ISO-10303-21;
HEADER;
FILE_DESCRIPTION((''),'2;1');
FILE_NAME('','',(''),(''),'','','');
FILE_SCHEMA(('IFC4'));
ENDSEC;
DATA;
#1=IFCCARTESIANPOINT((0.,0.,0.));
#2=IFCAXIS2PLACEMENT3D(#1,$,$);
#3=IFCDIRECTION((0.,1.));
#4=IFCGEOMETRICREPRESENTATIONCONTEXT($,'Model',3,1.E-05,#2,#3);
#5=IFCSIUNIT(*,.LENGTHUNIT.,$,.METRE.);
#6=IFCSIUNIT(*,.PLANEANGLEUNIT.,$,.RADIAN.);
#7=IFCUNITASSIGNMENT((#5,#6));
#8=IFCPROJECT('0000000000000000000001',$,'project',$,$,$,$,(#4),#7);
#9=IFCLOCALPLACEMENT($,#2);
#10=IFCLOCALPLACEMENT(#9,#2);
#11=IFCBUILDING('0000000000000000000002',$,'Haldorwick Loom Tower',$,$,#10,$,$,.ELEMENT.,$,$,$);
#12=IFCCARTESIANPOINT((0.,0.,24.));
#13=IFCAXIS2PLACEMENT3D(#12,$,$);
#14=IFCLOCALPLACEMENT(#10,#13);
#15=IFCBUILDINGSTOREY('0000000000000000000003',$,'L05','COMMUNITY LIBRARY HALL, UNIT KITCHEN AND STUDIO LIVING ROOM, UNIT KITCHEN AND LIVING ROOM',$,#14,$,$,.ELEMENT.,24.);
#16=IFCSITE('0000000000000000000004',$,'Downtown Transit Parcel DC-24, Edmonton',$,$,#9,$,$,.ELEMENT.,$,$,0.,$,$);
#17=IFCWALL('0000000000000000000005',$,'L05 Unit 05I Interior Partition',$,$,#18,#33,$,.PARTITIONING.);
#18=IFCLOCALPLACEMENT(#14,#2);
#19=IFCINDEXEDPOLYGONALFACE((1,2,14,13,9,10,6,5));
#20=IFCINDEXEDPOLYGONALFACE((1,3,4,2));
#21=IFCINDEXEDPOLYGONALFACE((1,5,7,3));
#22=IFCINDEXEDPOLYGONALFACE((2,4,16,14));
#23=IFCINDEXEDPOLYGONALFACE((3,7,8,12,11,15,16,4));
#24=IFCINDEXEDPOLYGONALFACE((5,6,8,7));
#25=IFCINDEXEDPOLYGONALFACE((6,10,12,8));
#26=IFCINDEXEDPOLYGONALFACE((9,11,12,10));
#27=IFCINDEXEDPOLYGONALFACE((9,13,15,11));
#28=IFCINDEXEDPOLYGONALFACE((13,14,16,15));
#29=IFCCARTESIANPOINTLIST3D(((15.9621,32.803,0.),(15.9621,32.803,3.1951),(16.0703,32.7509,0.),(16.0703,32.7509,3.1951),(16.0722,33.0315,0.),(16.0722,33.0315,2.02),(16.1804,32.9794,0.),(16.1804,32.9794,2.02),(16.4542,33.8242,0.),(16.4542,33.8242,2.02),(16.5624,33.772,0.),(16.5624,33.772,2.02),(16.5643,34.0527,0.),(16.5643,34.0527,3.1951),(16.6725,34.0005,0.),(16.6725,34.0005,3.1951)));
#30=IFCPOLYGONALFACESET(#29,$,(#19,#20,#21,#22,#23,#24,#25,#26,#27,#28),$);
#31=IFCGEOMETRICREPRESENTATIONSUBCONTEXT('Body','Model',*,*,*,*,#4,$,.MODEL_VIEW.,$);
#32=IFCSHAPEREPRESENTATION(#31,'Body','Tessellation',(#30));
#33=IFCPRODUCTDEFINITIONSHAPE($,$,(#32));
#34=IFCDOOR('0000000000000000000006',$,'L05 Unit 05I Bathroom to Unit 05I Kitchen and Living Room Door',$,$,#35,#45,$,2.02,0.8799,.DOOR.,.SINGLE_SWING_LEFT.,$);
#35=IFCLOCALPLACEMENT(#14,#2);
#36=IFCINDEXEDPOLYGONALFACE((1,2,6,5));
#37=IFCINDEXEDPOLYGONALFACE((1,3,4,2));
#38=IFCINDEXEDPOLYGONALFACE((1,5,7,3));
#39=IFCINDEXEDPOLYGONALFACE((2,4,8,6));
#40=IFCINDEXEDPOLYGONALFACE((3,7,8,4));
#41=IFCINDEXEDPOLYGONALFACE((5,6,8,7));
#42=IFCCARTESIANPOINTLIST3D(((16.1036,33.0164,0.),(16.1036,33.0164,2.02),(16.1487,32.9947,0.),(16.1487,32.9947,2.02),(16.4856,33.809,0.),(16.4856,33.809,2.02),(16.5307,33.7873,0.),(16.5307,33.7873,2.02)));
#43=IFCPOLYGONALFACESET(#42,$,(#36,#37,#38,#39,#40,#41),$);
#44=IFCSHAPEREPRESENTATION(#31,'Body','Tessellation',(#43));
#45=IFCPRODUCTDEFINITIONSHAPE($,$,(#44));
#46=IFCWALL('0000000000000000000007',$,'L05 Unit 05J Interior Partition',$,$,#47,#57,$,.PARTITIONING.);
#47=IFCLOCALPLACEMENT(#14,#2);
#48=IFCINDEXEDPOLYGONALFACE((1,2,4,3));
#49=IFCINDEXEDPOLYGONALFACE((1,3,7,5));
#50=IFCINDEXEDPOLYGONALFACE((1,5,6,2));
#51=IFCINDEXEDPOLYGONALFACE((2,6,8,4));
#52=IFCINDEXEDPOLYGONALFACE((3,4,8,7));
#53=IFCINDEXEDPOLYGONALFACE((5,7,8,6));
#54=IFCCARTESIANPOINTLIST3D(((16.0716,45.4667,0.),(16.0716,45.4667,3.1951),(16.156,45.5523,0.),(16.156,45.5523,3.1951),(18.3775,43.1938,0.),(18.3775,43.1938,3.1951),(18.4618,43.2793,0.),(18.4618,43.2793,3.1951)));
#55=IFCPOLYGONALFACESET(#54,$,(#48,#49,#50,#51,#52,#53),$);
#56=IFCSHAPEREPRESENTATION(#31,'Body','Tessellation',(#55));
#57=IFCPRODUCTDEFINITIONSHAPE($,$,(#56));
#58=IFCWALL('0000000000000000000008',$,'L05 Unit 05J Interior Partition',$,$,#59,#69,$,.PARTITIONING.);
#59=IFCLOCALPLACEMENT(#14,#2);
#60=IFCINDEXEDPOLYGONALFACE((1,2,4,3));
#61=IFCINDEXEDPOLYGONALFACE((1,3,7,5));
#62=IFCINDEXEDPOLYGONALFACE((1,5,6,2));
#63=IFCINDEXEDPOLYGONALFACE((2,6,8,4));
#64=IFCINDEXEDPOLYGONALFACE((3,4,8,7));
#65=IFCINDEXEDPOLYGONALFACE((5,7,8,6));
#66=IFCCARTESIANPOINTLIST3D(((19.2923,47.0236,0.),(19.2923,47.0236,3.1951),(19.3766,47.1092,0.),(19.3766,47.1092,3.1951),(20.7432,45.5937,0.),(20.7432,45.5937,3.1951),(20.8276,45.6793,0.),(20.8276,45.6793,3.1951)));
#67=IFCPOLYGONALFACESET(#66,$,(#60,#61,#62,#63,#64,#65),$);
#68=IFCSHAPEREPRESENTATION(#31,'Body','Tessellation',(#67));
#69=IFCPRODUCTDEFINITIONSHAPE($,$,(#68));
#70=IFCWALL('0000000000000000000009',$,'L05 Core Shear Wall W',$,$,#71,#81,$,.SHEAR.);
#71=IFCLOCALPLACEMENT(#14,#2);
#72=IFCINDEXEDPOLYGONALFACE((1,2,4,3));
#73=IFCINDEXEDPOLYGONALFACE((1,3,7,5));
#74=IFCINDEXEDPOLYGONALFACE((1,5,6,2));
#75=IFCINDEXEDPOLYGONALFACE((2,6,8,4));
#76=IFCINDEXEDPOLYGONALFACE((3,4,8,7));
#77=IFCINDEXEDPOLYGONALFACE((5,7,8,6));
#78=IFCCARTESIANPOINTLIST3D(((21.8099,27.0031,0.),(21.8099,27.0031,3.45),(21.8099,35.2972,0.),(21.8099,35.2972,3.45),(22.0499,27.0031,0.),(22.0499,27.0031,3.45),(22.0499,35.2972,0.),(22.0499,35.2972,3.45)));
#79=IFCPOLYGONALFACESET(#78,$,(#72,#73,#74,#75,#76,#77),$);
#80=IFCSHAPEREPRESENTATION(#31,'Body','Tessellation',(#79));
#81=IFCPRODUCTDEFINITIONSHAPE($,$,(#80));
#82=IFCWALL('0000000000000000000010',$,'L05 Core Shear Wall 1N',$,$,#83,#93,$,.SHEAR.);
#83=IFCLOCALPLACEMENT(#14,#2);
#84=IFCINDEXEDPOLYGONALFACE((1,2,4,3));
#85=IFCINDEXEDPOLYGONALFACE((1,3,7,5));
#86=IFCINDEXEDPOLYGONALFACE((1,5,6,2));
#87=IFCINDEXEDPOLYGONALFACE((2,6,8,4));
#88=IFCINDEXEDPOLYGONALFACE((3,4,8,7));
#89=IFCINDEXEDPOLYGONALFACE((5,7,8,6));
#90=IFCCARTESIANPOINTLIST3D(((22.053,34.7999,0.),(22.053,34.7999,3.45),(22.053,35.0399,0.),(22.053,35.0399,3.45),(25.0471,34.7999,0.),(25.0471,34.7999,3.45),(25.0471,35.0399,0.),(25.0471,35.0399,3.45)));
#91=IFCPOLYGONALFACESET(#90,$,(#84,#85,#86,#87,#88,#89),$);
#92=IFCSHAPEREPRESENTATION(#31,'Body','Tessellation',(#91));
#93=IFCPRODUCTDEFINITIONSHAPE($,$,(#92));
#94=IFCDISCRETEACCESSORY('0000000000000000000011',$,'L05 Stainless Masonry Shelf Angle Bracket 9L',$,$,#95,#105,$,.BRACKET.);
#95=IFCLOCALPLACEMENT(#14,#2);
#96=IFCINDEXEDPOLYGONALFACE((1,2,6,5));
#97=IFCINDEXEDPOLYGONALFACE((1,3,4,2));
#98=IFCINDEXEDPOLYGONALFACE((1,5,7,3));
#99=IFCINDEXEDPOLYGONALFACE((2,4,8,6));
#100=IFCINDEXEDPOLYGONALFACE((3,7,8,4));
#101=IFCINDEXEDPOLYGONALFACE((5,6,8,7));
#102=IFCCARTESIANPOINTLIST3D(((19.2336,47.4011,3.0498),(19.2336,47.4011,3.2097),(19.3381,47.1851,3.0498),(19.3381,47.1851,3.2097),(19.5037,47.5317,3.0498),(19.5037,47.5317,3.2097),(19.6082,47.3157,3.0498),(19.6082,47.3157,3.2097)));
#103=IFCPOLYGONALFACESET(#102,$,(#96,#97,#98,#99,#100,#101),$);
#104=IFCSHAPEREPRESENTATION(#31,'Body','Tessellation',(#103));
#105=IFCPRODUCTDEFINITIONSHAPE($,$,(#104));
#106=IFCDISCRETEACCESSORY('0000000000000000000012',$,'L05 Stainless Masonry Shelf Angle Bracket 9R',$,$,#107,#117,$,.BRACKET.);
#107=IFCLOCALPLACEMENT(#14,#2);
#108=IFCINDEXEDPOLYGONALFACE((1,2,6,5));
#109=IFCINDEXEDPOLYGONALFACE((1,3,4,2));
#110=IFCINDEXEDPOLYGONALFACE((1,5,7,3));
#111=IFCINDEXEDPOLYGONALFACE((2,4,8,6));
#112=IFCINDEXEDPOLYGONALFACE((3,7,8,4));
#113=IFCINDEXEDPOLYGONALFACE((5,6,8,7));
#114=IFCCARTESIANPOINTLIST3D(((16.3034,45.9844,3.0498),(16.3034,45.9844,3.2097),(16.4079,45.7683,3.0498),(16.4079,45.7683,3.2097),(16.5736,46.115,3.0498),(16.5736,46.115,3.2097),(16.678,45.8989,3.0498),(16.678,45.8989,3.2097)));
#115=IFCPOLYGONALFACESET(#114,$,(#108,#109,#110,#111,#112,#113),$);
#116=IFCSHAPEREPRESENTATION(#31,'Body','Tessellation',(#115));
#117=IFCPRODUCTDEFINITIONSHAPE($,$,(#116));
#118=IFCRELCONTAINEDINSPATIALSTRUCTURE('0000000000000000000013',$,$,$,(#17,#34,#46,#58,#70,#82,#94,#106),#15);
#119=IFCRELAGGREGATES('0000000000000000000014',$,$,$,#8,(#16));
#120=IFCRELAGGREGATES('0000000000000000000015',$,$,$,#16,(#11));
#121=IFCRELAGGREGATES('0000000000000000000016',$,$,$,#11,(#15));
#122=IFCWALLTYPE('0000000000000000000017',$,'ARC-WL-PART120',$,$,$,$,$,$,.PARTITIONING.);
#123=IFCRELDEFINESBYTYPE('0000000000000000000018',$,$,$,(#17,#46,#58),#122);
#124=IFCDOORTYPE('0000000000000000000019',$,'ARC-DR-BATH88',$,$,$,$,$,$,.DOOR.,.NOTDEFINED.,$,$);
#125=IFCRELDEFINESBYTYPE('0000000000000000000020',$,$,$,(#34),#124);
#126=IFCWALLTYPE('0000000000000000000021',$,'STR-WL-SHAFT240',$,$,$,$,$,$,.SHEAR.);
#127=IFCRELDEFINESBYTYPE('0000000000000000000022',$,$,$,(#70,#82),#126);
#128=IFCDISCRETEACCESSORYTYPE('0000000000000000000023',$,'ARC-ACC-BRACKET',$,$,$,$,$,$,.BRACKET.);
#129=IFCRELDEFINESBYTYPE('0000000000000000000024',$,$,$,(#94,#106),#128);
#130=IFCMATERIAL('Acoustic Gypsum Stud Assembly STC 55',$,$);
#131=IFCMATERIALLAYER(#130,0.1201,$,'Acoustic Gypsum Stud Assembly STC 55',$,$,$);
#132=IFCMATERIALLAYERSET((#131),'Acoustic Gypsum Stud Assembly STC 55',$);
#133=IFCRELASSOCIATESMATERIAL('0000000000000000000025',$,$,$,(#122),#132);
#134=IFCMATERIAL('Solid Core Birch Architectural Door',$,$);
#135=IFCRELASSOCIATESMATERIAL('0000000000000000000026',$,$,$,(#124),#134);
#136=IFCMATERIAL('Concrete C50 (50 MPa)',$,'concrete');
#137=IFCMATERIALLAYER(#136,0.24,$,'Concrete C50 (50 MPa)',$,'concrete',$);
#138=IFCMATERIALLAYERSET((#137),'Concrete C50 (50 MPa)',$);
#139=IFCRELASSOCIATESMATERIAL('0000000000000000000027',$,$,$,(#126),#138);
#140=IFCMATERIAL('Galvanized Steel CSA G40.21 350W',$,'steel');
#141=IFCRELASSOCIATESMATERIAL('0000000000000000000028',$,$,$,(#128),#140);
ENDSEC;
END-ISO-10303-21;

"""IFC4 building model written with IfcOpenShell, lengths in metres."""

from ifc_helpers import new_model, si_unit, direction, frame, frame_2d, origin, origin_2d, place, context, subcontext, project, spatial, rectangle, extrude, material, layer, layer_set, type_object, element, fill, save


model = new_model("IFC4")

# Units and contexts
model_context = context("Model", 3, precision=1e-05, world=origin(), true_north=direction((0.0, 1.0)))
body_context = subcontext(model_context, "Body", "Model", "MODEL_VIEW")
ifc_project = project(units=[si_unit("LENGTHUNIT", "METRE"), si_unit("PLANEANGLEUNIT", "RADIAN")], contexts=[model_context])

# Site, building, storey
site_placement = place(None, origin())
site = spatial("IfcSite", under=ifc_project, at=site_placement, Name="Downtown Transit Parcel DC-24, Edmonton", CompositionType="ELEMENT", RefElevation=0.0)
building_placement = place(site_placement, origin())
building = spatial("IfcBuilding", under=site, at=building_placement, Name="Haldorwick Loom Tower", CompositionType="ELEMENT")
storey_placement = place(building_placement, frame((0.0, 0.0, 24.0)))
storey = spatial("IfcBuildingStorey", under=building, at=storey_placement, Name="L05", Description="COMMUNITY LIBRARY HALL, UNIT KITCHEN AND STUDIO LIVING ROOM, UNIT KITCHEN AND LIVING ROOM", CompositionType="ELEMENT", Elevation=24.0)

# Shared definitions
ifc_material_1 = material(Name="Solid Core Birch Architectural Door")

# Wall, opening, door
ifc_material_2 = material(Name="Acoustic Gypsum Stud Assembly STC 55")
ifc_layer_1 = layer(ifc_material_2, 0.1201, Name="Acoustic Gypsum Stud Assembly STC 55")
ifc_layer_set_1 = layer_set([ifc_layer_1], Name="Acoustic Gypsum Stud Assembly STC 55")
wall_type_1 = type_object("IfcWallType", Name="ARC-WL-PART120", PredefinedType="PARTITIONING", material=ifc_layer_set_1)
wall_1_placement = place(storey_placement, frame((16.6184, 34.0266, 0.0), z_axis=(0.0, 0.0, 1.0), x_axis=(-0.434144, -0.900844, 0.0)))
wall_1 = element("IfcWall", 1, at=wall_1_placement, inside=storey, type_object=wall_type_1, Name="L05 Unit 05I Interior Partition", PredefinedType="PARTITIONING", context=body_context, shape_type="SweptSolid", body=[
    extrude(rectangle(XDim=1.3872, YDim=0.1201, at=frame_2d((0.6936, 0.0))), origin(), (0.0, 0.0, 1.0), 3.1951),
])
opening_1_placement = place(wall_1_placement, frame((0.2537, 0.0, 0.0)))
opening_1 = element("IfcOpeningElement", 2, at=opening_1_placement, cuts=wall_1, PredefinedType="OPENING", context=body_context, shape_type="SweptSolid", body=[
    extrude(rectangle(XDim=0.8799, YDim=2.02, at=frame_2d((0.4399, 1.01))), frame((0.0, 0.0701, 0.0), z_axis=(0.0, -1.0, 0.0), x_axis=(1.0, 0.0, 0.0)), (0.0, 0.0, 1.0), 0.1401),
])
door_type_1 = type_object("IfcDoorType", Name="ARC-DR-BATH88", OperationType="NOTDEFINED", PredefinedType="DOOR", material=ifc_material_1)
door_1_placement = place(opening_1_placement, origin())
door_1 = element("IfcDoor", 3, at=door_1_placement, inside=storey, type_object=door_type_1, Name="L05 Unit 05I Bathroom to Unit 05I Kitchen and Living Room Door", OperationType="SINGLE_SWING_LEFT", OverallHeight=2.02, OverallWidth=0.8799, PredefinedType="DOOR", context=body_context, shape_type="SweptSolid", body=[
    extrude(rectangle(XDim=0.8799, YDim=2.02, at=frame_2d((0.4399, 1.01))), frame((0.0, 0.0249, 0.0), z_axis=(0.0, -1.0, 0.0), x_axis=(1.0, 0.0, 0.0)), (0.0, 0.0, 1.0), 0.05),
])
fill(opening_1, door_1)

# Walls
wall_2_placement = place(storey_placement, frame((18.4197, 43.2366, 0.0), z_axis=(0.0, 0.0, 1.0), x_axis=(-0.712178, 0.701999, 0.0)))
element("IfcWall", 4, at=wall_2_placement, inside=storey, type_object=wall_type_1, Name="L05 Unit 05J Interior Partition", PredefinedType="PARTITIONING", context=body_context, shape_type="SweptSolid", body=[
    extrude(rectangle(XDim=3.2378, YDim=0.1201, at=frame_2d((1.6189, 0.0))), origin(), (0.0, 0.0, 1.0), 3.1951),
])
wall_3_placement = place(storey_placement, frame((20.7854, 45.6365, 0.0), z_axis=(0.0, 0.0, 1.0), x_axis=(-0.712241, 0.701935, 0.0)))
element("IfcWall", 5, at=wall_3_placement, inside=storey, type_object=wall_type_1, Name="L05 Unit 05J Interior Partition", PredefinedType="PARTITIONING", context=body_context, shape_type="SweptSolid", body=[
    extrude(rectangle(XDim=2.0371, YDim=0.1201, at=frame_2d((1.0186, 0.0))), origin(), (0.0, 0.0, 1.0), 3.1951),
])
ifc_material_3 = material(Name="Concrete C50 (50 MPa)", Category="concrete")
ifc_layer_2 = layer(ifc_material_3, 0.24, Name="Concrete C50 (50 MPa)", Category="concrete")
ifc_layer_set_2 = layer_set([ifc_layer_2], Name="Concrete C50 (50 MPa)")
wall_type_2 = type_object("IfcWallType", Name="STR-WL-SHAFT240", PredefinedType="SHEAR", material=ifc_layer_set_2)
wall_4_placement = place(storey_placement, frame((21.9299, 35.2971, 0.0), z_axis=(0.0, 0.0, 1.0), x_axis=(0.0, -1.0, 0.0)))
element("IfcWall", 6, at=wall_4_placement, inside=storey, type_object=wall_type_2, Name="L05 Core Shear Wall W", PredefinedType="SHEAR", context=body_context, shape_type="SweptSolid", body=[
    extrude(rectangle(XDim=8.2942, YDim=0.24, at=frame_2d((4.147, 0.0))), origin(), (0.0, 0.0, 1.0), 3.45),
])
wall_5_placement = place(storey_placement, frame((22.053, 34.9199, 0.0), z_axis=(0.0, 0.0, 1.0), x_axis=(1.0, 0.0, 0.0)))
element("IfcWall", 7, at=wall_5_placement, inside=storey, type_object=wall_type_2, Name="L05 Core Shear Wall 1N", PredefinedType="SHEAR", context=body_context, shape_type="SweptSolid", body=[
    extrude(rectangle(XDim=2.9941, YDim=0.24, at=frame_2d((1.4971, 0.0))), origin(), (0.0, 0.0, 1.0), 3.45),
])

# Discrete accessories
ifc_material_4 = material(Name="Galvanized Steel CSA G40.21 350W", Category="steel")
discrete_accessory_type = type_object("IfcDiscreteAccessoryType", Name="ARC-ACC-BRACKET", PredefinedType="BRACKET", material=ifc_material_4)
for number, where, z_axis, x_axis, name in (
    (8, (19.4209, 47.3584, 3.0498), (0.0, 0.0, 1.0), (-0.900319, -0.435231, 0.0), "L05 Stainless Masonry Shelf Angle Bracket 9L"),
    (9, (16.4907, 45.9417, 3.0498), (0.0, 0.0, 1.0), (-0.900319, -0.435231, 0.0), "L05 Stainless Masonry Shelf Angle Bracket 9R"),
):
    element("IfcDiscreteAccessory", number, at=place(storey_placement, frame(where, z_axis=z_axis, x_axis=x_axis)), inside=storey, type_object=discrete_accessory_type, Name=name, PredefinedType="BRACKET", context=body_context, shape_type="SweptSolid", body=[
        extrude(rectangle(XDim=0.3, YDim=0.24, at=origin_2d()), origin(), (0.0, 0.0, 1.0), 0.1599),
    ])

save(model, "model.ifc")
